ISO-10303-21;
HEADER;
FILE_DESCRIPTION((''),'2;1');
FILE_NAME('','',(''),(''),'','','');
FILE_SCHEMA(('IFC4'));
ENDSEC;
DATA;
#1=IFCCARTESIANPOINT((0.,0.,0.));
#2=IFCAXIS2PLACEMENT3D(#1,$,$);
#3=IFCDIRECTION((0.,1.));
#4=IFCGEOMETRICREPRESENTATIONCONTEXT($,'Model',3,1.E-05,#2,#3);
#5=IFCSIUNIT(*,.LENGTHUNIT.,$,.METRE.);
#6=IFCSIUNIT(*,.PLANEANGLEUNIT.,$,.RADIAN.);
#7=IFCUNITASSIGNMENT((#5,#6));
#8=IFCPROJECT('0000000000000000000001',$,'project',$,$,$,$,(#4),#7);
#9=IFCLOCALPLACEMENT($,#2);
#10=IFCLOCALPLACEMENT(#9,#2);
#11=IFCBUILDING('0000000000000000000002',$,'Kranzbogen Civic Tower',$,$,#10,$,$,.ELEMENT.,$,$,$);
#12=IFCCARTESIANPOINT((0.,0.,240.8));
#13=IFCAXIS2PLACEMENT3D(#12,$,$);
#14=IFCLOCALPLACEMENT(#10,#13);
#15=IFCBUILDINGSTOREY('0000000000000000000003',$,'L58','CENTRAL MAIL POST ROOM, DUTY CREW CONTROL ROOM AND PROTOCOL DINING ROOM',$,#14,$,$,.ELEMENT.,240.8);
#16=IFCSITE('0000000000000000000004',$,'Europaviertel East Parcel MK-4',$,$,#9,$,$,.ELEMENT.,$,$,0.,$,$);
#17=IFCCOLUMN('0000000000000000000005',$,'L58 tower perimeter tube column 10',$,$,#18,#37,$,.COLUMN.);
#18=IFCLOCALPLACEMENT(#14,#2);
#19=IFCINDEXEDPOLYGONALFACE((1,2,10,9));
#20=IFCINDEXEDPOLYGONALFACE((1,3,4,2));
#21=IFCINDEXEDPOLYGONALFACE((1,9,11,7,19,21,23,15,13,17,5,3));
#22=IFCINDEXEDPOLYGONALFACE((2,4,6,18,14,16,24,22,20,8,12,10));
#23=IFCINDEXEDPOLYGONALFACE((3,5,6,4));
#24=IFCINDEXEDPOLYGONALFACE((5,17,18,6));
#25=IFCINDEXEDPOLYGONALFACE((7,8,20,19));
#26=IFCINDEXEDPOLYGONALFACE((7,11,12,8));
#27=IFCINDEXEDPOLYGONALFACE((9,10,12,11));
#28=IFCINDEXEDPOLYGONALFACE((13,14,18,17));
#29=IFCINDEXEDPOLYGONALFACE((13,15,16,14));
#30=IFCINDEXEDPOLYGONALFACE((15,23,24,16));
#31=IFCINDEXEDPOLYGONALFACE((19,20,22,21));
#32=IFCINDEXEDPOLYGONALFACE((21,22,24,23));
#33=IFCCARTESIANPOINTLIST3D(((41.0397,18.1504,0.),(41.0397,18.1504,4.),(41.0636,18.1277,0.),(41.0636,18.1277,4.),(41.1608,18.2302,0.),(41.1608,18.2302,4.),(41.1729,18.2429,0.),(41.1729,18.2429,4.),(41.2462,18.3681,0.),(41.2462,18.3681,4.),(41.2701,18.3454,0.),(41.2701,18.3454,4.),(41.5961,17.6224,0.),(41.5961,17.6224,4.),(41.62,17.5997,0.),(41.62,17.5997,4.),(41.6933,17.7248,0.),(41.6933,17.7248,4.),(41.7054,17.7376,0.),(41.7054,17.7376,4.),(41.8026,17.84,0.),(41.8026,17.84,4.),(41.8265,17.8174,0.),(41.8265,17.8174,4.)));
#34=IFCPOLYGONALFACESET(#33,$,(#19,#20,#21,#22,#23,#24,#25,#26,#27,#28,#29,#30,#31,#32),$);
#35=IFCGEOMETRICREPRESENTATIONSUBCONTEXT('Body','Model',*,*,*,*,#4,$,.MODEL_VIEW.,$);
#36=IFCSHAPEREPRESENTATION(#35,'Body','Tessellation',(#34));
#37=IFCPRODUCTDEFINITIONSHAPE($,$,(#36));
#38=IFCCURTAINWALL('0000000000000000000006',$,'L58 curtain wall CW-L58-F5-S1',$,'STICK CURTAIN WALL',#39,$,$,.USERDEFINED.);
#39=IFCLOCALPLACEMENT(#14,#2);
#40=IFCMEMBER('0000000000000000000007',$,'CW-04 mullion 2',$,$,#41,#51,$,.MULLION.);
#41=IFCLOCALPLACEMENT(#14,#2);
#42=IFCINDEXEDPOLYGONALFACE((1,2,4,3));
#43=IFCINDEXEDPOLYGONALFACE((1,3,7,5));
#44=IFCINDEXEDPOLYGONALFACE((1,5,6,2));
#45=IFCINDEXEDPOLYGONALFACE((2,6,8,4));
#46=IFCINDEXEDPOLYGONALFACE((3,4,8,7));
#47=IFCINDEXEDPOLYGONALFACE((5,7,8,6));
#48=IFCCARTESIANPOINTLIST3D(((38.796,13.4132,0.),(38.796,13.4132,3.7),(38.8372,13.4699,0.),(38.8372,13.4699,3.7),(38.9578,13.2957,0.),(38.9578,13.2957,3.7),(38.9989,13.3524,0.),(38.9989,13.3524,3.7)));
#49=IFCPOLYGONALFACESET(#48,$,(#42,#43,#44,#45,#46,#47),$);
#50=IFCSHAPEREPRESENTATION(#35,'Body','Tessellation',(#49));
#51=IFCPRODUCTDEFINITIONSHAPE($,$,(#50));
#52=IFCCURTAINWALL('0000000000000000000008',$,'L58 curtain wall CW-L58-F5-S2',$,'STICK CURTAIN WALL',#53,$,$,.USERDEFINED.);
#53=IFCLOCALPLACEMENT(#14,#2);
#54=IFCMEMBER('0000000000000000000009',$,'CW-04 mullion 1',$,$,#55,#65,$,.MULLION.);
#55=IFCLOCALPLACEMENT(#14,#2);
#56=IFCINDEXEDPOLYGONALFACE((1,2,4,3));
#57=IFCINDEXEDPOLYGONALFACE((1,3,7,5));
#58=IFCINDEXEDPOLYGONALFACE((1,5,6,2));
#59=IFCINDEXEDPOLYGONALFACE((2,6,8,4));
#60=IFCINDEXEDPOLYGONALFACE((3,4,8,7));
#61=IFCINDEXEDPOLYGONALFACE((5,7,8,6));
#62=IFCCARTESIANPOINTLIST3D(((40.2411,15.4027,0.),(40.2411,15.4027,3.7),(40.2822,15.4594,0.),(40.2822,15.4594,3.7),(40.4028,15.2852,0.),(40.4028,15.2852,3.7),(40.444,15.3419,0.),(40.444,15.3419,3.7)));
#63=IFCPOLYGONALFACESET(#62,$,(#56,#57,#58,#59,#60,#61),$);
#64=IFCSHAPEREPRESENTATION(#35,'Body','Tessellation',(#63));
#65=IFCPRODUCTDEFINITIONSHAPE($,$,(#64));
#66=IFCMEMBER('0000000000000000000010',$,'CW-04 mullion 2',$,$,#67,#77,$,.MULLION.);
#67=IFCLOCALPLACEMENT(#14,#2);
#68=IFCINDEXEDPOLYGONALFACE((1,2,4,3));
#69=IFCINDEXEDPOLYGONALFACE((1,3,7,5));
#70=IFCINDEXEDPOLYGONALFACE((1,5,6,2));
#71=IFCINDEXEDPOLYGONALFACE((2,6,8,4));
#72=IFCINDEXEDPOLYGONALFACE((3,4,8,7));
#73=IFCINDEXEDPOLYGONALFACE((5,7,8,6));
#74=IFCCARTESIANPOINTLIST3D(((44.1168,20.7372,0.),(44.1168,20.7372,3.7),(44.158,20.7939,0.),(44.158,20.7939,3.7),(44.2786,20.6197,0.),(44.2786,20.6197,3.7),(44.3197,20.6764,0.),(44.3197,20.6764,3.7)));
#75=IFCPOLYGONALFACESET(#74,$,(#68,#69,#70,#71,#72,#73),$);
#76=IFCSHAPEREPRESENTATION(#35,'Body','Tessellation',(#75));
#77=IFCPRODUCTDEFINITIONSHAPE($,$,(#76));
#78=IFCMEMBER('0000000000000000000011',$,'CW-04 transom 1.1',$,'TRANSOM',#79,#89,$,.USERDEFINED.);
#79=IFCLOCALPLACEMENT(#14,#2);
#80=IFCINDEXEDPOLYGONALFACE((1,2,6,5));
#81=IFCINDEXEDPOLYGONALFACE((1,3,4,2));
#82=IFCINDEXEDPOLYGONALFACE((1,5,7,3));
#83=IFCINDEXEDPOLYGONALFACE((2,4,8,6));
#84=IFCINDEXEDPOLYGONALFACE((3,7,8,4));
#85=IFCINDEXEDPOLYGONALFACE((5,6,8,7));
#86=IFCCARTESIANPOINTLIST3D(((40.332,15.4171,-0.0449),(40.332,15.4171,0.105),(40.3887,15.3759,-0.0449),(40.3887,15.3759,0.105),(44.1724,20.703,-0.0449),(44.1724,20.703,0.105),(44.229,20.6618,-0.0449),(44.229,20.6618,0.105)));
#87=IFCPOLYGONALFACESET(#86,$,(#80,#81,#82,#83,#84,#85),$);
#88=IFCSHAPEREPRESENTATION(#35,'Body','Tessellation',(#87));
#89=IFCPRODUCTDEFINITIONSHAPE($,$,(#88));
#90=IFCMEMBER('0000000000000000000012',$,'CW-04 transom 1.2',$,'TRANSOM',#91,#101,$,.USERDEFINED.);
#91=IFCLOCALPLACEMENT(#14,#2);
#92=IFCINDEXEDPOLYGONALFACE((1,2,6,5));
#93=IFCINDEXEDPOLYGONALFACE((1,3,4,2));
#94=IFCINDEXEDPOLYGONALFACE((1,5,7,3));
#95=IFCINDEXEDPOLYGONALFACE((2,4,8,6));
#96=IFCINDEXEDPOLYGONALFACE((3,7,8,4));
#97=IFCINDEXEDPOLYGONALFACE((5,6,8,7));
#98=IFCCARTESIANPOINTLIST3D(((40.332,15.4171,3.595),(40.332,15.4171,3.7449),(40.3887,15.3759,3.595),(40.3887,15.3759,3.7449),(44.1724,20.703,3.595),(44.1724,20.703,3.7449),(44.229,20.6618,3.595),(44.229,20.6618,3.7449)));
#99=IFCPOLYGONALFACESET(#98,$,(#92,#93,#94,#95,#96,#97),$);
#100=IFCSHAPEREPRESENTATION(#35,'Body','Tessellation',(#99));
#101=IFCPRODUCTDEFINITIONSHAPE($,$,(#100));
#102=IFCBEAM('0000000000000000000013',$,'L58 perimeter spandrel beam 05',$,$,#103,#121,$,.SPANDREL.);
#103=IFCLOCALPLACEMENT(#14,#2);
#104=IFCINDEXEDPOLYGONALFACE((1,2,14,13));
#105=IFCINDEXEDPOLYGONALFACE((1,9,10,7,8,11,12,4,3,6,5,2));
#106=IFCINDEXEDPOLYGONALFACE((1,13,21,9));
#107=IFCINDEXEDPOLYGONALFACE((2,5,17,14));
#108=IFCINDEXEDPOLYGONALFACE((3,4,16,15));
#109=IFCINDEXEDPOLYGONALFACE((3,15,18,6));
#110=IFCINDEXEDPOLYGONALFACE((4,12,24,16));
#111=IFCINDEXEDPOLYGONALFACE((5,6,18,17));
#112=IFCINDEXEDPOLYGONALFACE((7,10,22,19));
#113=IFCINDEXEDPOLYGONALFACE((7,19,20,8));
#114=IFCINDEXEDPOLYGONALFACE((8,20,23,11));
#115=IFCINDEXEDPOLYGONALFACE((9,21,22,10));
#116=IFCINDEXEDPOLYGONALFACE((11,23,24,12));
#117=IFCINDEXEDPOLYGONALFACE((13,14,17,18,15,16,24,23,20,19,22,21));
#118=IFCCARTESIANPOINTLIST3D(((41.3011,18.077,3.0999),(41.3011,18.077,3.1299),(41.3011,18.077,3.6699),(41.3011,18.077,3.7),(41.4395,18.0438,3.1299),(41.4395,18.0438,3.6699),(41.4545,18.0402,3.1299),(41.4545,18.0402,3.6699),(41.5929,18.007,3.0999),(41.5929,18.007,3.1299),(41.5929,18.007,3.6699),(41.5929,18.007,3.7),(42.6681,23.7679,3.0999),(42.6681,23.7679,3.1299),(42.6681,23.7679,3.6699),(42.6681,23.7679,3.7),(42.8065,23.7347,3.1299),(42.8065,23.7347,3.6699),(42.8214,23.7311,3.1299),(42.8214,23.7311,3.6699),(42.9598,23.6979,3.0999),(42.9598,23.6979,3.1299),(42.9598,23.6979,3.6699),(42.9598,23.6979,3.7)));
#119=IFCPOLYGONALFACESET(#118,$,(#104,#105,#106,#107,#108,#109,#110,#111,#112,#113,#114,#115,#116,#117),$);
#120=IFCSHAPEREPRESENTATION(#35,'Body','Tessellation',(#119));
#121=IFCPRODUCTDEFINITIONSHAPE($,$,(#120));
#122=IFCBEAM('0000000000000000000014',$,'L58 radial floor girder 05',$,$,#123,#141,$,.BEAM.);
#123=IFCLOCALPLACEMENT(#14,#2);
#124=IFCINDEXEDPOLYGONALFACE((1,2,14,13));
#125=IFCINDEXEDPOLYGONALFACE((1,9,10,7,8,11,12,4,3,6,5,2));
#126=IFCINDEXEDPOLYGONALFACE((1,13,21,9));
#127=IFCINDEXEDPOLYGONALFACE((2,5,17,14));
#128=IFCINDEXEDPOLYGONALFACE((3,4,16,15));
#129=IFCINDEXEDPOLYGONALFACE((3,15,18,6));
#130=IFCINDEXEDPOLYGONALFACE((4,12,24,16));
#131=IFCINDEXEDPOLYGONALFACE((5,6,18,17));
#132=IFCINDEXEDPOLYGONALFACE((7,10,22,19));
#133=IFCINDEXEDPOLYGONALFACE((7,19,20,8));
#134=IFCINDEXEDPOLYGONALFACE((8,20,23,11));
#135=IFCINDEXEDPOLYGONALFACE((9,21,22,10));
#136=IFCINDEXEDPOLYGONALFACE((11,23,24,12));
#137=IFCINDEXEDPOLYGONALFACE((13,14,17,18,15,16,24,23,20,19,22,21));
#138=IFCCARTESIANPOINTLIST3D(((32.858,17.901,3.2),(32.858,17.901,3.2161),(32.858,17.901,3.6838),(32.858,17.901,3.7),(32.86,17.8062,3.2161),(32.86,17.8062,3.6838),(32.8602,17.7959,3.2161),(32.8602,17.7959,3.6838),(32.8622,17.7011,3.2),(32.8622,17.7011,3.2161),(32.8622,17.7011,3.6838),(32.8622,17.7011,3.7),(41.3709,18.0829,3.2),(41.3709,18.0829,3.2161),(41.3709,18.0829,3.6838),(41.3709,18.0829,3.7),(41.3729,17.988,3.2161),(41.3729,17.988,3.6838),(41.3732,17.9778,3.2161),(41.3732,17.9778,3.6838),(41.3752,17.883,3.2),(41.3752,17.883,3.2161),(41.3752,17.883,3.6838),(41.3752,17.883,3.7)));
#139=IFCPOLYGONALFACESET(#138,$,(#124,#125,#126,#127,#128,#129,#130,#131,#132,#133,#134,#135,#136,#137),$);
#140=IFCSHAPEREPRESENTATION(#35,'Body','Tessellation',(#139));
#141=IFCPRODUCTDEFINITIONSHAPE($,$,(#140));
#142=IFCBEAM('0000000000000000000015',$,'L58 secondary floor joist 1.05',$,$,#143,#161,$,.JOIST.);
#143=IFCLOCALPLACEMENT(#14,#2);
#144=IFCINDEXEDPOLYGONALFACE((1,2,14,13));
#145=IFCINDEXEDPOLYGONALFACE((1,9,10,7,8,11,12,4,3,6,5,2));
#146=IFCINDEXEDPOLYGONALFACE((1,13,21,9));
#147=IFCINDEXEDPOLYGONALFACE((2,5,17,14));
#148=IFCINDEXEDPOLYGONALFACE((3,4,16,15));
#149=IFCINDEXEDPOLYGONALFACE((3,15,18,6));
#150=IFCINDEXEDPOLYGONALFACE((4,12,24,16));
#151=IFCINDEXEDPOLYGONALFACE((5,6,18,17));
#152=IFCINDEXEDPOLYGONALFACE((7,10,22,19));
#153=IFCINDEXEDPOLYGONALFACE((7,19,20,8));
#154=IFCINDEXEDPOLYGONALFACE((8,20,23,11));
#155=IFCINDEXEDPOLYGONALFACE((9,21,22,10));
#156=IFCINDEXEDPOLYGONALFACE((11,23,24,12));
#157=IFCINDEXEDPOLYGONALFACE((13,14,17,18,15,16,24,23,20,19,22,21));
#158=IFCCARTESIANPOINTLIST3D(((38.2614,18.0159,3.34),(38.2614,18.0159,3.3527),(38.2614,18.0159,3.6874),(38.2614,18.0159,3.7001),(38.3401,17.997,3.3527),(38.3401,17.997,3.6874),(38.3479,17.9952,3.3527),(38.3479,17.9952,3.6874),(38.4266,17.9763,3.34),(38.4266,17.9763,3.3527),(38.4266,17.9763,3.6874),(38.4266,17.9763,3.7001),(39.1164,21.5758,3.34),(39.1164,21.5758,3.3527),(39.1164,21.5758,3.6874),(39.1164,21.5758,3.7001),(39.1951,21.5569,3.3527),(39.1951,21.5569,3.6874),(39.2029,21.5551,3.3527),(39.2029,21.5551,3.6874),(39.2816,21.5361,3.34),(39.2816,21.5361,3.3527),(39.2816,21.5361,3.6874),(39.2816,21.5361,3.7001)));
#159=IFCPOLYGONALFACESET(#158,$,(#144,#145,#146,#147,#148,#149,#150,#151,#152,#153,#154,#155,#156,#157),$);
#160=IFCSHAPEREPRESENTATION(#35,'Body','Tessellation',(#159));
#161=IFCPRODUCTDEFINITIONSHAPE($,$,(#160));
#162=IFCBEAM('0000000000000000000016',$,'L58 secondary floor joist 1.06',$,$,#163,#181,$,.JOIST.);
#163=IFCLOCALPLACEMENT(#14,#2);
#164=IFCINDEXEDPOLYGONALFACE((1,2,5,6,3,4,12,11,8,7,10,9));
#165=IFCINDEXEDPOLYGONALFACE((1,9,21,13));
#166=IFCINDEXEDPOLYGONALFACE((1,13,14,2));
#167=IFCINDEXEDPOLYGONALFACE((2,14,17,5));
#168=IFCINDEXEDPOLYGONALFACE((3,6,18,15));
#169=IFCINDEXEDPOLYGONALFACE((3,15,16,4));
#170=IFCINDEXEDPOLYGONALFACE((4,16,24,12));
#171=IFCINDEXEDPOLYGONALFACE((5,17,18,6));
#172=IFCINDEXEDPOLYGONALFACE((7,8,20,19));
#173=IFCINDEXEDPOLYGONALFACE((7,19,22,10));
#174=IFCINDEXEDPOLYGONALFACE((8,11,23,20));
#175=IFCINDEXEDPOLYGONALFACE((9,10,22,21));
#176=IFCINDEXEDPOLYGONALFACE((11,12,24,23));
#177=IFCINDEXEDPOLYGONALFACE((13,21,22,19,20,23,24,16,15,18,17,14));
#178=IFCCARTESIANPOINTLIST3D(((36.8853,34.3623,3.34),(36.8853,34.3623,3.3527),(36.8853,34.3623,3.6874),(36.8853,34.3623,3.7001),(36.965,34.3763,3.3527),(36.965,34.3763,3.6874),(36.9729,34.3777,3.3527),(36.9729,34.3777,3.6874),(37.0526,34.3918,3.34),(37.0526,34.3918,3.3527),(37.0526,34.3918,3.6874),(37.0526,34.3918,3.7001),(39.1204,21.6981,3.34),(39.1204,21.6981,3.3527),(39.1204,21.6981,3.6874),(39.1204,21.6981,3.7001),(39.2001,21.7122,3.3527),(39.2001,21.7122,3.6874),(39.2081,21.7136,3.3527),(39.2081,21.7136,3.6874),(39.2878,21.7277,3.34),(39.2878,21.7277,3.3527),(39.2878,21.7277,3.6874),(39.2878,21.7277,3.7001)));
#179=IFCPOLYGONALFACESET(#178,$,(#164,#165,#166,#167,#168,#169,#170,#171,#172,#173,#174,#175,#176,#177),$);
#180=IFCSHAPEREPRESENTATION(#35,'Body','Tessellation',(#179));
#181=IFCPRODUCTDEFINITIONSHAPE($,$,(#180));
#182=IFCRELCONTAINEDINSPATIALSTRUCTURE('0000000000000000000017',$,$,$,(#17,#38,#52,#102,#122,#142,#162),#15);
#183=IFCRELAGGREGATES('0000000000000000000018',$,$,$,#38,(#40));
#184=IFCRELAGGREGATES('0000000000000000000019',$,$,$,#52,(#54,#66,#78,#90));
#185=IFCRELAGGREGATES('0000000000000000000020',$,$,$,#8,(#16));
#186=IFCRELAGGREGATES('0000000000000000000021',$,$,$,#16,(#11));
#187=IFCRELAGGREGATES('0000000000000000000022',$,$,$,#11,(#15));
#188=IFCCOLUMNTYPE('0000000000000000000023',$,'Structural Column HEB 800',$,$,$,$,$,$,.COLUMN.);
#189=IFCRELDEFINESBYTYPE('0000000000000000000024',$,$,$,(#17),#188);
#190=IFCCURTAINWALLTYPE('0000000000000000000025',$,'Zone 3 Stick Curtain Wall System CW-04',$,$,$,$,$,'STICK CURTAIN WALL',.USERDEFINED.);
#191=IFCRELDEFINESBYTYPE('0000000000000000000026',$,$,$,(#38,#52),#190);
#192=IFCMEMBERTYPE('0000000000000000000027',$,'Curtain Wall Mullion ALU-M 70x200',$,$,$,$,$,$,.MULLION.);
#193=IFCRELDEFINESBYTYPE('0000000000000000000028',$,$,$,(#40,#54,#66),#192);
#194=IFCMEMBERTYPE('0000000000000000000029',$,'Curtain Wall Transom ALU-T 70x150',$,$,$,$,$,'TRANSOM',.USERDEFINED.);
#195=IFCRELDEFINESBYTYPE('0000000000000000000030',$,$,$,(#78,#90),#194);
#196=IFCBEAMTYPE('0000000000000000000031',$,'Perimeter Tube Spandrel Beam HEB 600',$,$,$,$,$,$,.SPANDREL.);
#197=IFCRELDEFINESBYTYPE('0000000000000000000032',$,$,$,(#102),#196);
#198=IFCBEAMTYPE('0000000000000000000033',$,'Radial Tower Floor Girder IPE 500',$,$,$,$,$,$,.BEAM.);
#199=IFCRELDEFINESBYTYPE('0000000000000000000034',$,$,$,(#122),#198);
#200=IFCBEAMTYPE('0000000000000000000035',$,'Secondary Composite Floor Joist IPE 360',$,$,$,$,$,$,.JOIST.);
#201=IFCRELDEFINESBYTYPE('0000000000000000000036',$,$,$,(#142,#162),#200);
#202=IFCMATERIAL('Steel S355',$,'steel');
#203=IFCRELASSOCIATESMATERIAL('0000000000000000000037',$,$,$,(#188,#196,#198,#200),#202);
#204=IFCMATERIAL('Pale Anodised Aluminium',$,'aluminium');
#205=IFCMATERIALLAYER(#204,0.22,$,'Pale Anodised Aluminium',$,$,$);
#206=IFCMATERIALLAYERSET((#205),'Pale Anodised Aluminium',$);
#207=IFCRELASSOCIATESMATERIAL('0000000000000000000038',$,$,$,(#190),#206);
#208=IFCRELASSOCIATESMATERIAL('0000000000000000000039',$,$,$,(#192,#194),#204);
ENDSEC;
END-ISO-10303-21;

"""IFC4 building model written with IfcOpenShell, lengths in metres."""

from ifc_helpers import new_model, si_unit, direction, frame, origin, origin_2d, place, context, subcontext, project, spatial, rectangle, i_section, extrude, material, layer, layer_set, material_profile, profile_set, type_object, element, aggregate, save


model = new_model("IFC4")

# Units and contexts
model_context = context("Model", 3, precision=1e-05, world=origin(), true_north=direction((0.0, 1.0)))
body_context = subcontext(model_context, "Body", "Model", "MODEL_VIEW")
ifc_project = project(units=[si_unit("LENGTHUNIT", "METRE"), si_unit("PLANEANGLEUNIT", "RADIAN")], contexts=[model_context])

# Site, building, storey
site_placement = place(None, origin())
site = spatial("IfcSite", under=ifc_project, at=site_placement, Name="Europaviertel East Parcel MK-4", CompositionType="ELEMENT", RefElevation=0.0)
building_placement = place(site_placement, origin())
building = spatial("IfcBuilding", under=site, at=building_placement, Name="Kranzbogen Civic Tower", CompositionType="ELEMENT")
storey_placement = place(building_placement, frame((0.0, 0.0, 240.8)))
storey = spatial("IfcBuildingStorey", under=building, at=storey_placement, Name="L58", Description="CENTRAL MAIL POST ROOM, DUTY CREW CONTROL ROOM AND PROTOCOL DINING ROOM", CompositionType="ELEMENT", Elevation=240.8)

# Column
ifc_material_1 = material(Name="Steel S355", Category="steel")
ifc_material_profile_1 = material_profile(ifc_material_1, i_section(OverallWidth=0.3, OverallDepth=0.8, WebThickness=0.0176, FlangeThickness=0.033, at=origin_2d()), Name="HEB 800")
ifc_profile_set_1 = profile_set([ifc_material_profile_1], Name="Steel S355")
column_type = type_object("IfcColumnType", Name="Structural Column HEB 800", PredefinedType="COLUMN", material=ifc_profile_set_1)
column_placement = place(storey_placement, frame((41.4331, 17.9839, 0.0), z_axis=(0.0, 0.0, 1.0), x_axis=(0.688355, 0.725374, 0.0)))
element("IfcColumn", 1, at=column_placement, inside=storey, type_object=column_type, Name="L58 tower perimeter tube column 10", PredefinedType="COLUMN", context=body_context, shape_type="SweptSolid", body=[
    extrude(i_section(OverallWidth=0.3, OverallDepth=0.8, WebThickness=0.0176, FlangeThickness=0.033, at=origin_2d()), origin(), (0.0, 0.0, 1.0), 4.0),
])

# Curtain wall, member
ifc_material_2 = material(Name="Pale Anodised Aluminium", Category="aluminium")
ifc_layer_1 = layer(ifc_material_2, 0.22, Name="Pale Anodised Aluminium")
ifc_layer_set_1 = layer_set([ifc_layer_1], Name="Pale Anodised Aluminium")
curtain_wall_type = type_object("IfcCurtainWallType", Name="Zone 3 Stick Curtain Wall System CW-04", ElementType="STICK CURTAIN WALL", PredefinedType="USERDEFINED", material=ifc_layer_set_1)
curtain_wall_1_placement = place(storey_placement, origin())
curtain_wall_1 = element("IfcCurtainWall", 2, at=curtain_wall_1_placement, inside=storey, type_object=curtain_wall_type, Name="L58 curtain wall CW-L58-F5-S1", ObjectType="STICK CURTAIN WALL", PredefinedType="USERDEFINED")
ifc_material_profile_2 = material_profile(ifc_material_2, rectangle(XDim=0.0701, YDim=0.2, at=origin_2d()), Name="ALU-M 70x200")
ifc_profile_set_2 = profile_set([ifc_material_profile_2], Name="Pale Anodised Aluminium")
member_type_1 = type_object("IfcMemberType", Name="Curtain Wall Mullion ALU-M 70x200", PredefinedType="MULLION", material=ifc_profile_set_2)
member_1_placement = place(storey_placement, frame((38.8975, 13.3828, 0.0), z_axis=(0.0, 0.0, 1.0), x_axis=(0.587787, 0.809015, 0.0)))
member_1 = element("IfcMember", 3, at=member_1_placement, type_object=member_type_1, Name="CW-04 mullion 2", PredefinedType="MULLION", context=body_context, shape_type="SweptSolid", body=[
    extrude(rectangle(XDim=0.0701, YDim=0.2, at=origin_2d()), origin(), (0.0, 0.0, 1.0), 3.7),
])

# Curtain wall, members
curtain_wall_2_placement = place(storey_placement, origin())
curtain_wall_2 = element("IfcCurtainWall", 4, at=curtain_wall_2_placement, inside=storey, type_object=curtain_wall_type, Name="L58 curtain wall CW-L58-F5-S2", ObjectType="STICK CURTAIN WALL", PredefinedType="USERDEFINED")
member_2_placement = place(storey_placement, frame((40.3425, 15.3723, 0.0), z_axis=(0.0, 0.0, 1.0), x_axis=(0.587787, 0.809015, 0.0)))
member_2 = element("IfcMember", 5, at=member_2_placement, type_object=member_type_1, Name="CW-04 mullion 1", PredefinedType="MULLION", context=body_context, shape_type="SweptSolid", body=[
    extrude(rectangle(XDim=0.0701, YDim=0.2, at=origin_2d()), origin(), (0.0, 0.0, 1.0), 3.7),
])
member_3_placement = place(storey_placement, frame((44.2183, 20.7068, 0.0), z_axis=(0.0, 0.0, 1.0), x_axis=(0.587787, 0.809015, 0.0)))
member_3 = element("IfcMember", 6, at=member_3_placement, type_object=member_type_1, Name="CW-04 mullion 2", PredefinedType="MULLION", context=body_context, shape_type="SweptSolid", body=[
    extrude(rectangle(XDim=0.0701, YDim=0.2, at=origin_2d()), origin(), (0.0, 0.0, 1.0), 3.7),
])
ifc_material_profile_3 = material_profile(ifc_material_2, rectangle(XDim=0.0701, YDim=0.1499, at=origin_2d()), Name="ALU-T 70x150")
ifc_profile_set_3 = profile_set([ifc_material_profile_3], Name="Pale Anodised Aluminium")
member_type_2 = type_object("IfcMemberType", Name="Curtain Wall Transom ALU-T 70x150", ElementType="TRANSOM", PredefinedType="USERDEFINED", material=ifc_profile_set_3)
member_4_placement = place(storey_placement, frame((40.3604, 15.3965, 0.03), z_axis=(0.587776, 0.809024, 0.0), x_axis=(-0.809024, 0.587776, 0.0)))
member_4 = element("IfcMember", 7, at=member_4_placement, type_object=member_type_2, Name="CW-04 transom 1.1", ObjectType="TRANSOM", PredefinedType="USERDEFINED", context=body_context, shape_type="SweptSolid", body=[
    extrude(rectangle(XDim=0.0701, YDim=0.1499, at=origin_2d()), origin(), (0.0, 0.0, 1.0), 6.5337),
])
member_5_placement = place(storey_placement, frame((40.3604, 15.3965, 3.6699), z_axis=(0.587776, 0.809024, 0.0), x_axis=(-0.809024, 0.587776, 0.0)))
member_5 = element("IfcMember", 8, at=member_5_placement, type_object=member_type_2, Name="CW-04 transom 1.2", ObjectType="TRANSOM", PredefinedType="USERDEFINED", context=body_context, shape_type="SweptSolid", body=[
    extrude(rectangle(XDim=0.0701, YDim=0.1499, at=origin_2d()), origin(), (0.0, 0.0, 1.0), 6.5337),
])

# Beams
ifc_material_profile_4 = material_profile(ifc_material_1, i_section(OverallWidth=0.3, OverallDepth=0.6001, WebThickness=0.0154, FlangeThickness=0.03, at=origin_2d()), Name="HEB 600")
ifc_profile_set_4 = profile_set([ifc_material_profile_4], Name="Steel S355")
beam_type_1 = type_object("IfcBeamType", Name="Perimeter Tube Spandrel Beam HEB 600", PredefinedType="SPANDREL", material=ifc_profile_set_4)
beam_1_placement = place(storey_placement, frame((41.447, 18.042, 3.3999), z_axis=(0.233554, 0.972344, 0.0), x_axis=(-0.972344, 0.233554, 0.0)))
element("IfcBeam", 9, at=beam_1_placement, inside=storey, type_object=beam_type_1, Name="L58 perimeter spandrel beam 05", PredefinedType="SPANDREL", context=body_context, shape_type="SweptSolid", body=[
    extrude(i_section(OverallWidth=0.3, OverallDepth=0.6001, WebThickness=0.0154, FlangeThickness=0.03, at=origin_2d()), origin(), (0.0, 0.0, 1.0), 5.8528),
])
ifc_material_profile_5 = material_profile(ifc_material_1, i_section(OverallWidth=0.2, OverallDepth=0.5, WebThickness=0.0103, FlangeThickness=0.0161, at=origin_2d()), Name="IPE 500")
ifc_profile_set_5 = profile_set([ifc_material_profile_5], Name="Steel S355")
beam_type_2 = type_object("IfcBeamType", Name="Radial Tower Floor Girder IPE 500", PredefinedType="BEAM", material=ifc_profile_set_5)
beam_2_placement = place(storey_placement, frame((41.373, 17.9829, 3.45), z_axis=(-0.999772, -0.021361, 0.0), x_axis=(0.021361, -0.999772, 0.0)))
element("IfcBeam", 10, at=beam_2_placement, inside=storey, type_object=beam_type_2, Name="L58 radial floor girder 05", PredefinedType="BEAM", context=body_context, shape_type="SweptSolid", body=[
    extrude(i_section(OverallWidth=0.2, OverallDepth=0.5, WebThickness=0.0103, FlangeThickness=0.0161, at=origin_2d()), origin(), (0.0, 0.0, 1.0), 8.5149),
])
ifc_material_profile_6 = material_profile(ifc_material_1, i_section(OverallWidth=0.1699, OverallDepth=0.3601, WebThickness=0.0081, FlangeThickness=0.0127, at=origin_2d()), Name="IPE 360")
ifc_profile_set_6 = profile_set([ifc_material_profile_6], Name="Steel S355")
beam_type_3 = type_object("IfcBeamType", Name="Secondary Composite Floor Joist IPE 360", PredefinedType="JOIST", material=ifc_profile_set_6)
beam_3_placement = place(storey_placement, frame((38.344, 17.9961, 3.52), z_axis=(0.233534, 0.972349, 0.0), x_axis=(-0.972349, 0.233534, 0.0)))
element("IfcBeam", 11, at=beam_3_placement, inside=storey, type_object=beam_type_3, Name="L58 secondary floor joist 1.05", PredefinedType="JOIST", context=body_context, shape_type="SweptSolid", body=[
    extrude(i_section(OverallWidth=0.1699, OverallDepth=0.3601, WebThickness=0.0081, FlangeThickness=0.0127, at=origin_2d()), origin(), (0.0, 0.0, 1.0), 3.6611),
])
beam_4_placement = place(storey_placement, frame((39.2041, 21.7129, 3.52), z_axis=(-0.173806, 0.98478, 0.0), x_axis=(-0.98478, -0.173806, 0.0)))
element("IfcBeam", 12, at=beam_4_placement, inside=storey, type_object=beam_type_3, Name="L58 secondary floor joist 1.06", PredefinedType="JOIST", context=body_context, shape_type="SweptSolid", body=[
    extrude(i_section(OverallWidth=0.1699, OverallDepth=0.3601, WebThickness=0.0081, FlangeThickness=0.0127, at=origin_2d()), origin(), (0.0, 0.0, 1.0), 12.8599),
])

aggregate(curtain_wall_1, [member_1])
aggregate(curtain_wall_2, [member_2, member_3, member_4, member_5])

save(model, "model.ifc")
